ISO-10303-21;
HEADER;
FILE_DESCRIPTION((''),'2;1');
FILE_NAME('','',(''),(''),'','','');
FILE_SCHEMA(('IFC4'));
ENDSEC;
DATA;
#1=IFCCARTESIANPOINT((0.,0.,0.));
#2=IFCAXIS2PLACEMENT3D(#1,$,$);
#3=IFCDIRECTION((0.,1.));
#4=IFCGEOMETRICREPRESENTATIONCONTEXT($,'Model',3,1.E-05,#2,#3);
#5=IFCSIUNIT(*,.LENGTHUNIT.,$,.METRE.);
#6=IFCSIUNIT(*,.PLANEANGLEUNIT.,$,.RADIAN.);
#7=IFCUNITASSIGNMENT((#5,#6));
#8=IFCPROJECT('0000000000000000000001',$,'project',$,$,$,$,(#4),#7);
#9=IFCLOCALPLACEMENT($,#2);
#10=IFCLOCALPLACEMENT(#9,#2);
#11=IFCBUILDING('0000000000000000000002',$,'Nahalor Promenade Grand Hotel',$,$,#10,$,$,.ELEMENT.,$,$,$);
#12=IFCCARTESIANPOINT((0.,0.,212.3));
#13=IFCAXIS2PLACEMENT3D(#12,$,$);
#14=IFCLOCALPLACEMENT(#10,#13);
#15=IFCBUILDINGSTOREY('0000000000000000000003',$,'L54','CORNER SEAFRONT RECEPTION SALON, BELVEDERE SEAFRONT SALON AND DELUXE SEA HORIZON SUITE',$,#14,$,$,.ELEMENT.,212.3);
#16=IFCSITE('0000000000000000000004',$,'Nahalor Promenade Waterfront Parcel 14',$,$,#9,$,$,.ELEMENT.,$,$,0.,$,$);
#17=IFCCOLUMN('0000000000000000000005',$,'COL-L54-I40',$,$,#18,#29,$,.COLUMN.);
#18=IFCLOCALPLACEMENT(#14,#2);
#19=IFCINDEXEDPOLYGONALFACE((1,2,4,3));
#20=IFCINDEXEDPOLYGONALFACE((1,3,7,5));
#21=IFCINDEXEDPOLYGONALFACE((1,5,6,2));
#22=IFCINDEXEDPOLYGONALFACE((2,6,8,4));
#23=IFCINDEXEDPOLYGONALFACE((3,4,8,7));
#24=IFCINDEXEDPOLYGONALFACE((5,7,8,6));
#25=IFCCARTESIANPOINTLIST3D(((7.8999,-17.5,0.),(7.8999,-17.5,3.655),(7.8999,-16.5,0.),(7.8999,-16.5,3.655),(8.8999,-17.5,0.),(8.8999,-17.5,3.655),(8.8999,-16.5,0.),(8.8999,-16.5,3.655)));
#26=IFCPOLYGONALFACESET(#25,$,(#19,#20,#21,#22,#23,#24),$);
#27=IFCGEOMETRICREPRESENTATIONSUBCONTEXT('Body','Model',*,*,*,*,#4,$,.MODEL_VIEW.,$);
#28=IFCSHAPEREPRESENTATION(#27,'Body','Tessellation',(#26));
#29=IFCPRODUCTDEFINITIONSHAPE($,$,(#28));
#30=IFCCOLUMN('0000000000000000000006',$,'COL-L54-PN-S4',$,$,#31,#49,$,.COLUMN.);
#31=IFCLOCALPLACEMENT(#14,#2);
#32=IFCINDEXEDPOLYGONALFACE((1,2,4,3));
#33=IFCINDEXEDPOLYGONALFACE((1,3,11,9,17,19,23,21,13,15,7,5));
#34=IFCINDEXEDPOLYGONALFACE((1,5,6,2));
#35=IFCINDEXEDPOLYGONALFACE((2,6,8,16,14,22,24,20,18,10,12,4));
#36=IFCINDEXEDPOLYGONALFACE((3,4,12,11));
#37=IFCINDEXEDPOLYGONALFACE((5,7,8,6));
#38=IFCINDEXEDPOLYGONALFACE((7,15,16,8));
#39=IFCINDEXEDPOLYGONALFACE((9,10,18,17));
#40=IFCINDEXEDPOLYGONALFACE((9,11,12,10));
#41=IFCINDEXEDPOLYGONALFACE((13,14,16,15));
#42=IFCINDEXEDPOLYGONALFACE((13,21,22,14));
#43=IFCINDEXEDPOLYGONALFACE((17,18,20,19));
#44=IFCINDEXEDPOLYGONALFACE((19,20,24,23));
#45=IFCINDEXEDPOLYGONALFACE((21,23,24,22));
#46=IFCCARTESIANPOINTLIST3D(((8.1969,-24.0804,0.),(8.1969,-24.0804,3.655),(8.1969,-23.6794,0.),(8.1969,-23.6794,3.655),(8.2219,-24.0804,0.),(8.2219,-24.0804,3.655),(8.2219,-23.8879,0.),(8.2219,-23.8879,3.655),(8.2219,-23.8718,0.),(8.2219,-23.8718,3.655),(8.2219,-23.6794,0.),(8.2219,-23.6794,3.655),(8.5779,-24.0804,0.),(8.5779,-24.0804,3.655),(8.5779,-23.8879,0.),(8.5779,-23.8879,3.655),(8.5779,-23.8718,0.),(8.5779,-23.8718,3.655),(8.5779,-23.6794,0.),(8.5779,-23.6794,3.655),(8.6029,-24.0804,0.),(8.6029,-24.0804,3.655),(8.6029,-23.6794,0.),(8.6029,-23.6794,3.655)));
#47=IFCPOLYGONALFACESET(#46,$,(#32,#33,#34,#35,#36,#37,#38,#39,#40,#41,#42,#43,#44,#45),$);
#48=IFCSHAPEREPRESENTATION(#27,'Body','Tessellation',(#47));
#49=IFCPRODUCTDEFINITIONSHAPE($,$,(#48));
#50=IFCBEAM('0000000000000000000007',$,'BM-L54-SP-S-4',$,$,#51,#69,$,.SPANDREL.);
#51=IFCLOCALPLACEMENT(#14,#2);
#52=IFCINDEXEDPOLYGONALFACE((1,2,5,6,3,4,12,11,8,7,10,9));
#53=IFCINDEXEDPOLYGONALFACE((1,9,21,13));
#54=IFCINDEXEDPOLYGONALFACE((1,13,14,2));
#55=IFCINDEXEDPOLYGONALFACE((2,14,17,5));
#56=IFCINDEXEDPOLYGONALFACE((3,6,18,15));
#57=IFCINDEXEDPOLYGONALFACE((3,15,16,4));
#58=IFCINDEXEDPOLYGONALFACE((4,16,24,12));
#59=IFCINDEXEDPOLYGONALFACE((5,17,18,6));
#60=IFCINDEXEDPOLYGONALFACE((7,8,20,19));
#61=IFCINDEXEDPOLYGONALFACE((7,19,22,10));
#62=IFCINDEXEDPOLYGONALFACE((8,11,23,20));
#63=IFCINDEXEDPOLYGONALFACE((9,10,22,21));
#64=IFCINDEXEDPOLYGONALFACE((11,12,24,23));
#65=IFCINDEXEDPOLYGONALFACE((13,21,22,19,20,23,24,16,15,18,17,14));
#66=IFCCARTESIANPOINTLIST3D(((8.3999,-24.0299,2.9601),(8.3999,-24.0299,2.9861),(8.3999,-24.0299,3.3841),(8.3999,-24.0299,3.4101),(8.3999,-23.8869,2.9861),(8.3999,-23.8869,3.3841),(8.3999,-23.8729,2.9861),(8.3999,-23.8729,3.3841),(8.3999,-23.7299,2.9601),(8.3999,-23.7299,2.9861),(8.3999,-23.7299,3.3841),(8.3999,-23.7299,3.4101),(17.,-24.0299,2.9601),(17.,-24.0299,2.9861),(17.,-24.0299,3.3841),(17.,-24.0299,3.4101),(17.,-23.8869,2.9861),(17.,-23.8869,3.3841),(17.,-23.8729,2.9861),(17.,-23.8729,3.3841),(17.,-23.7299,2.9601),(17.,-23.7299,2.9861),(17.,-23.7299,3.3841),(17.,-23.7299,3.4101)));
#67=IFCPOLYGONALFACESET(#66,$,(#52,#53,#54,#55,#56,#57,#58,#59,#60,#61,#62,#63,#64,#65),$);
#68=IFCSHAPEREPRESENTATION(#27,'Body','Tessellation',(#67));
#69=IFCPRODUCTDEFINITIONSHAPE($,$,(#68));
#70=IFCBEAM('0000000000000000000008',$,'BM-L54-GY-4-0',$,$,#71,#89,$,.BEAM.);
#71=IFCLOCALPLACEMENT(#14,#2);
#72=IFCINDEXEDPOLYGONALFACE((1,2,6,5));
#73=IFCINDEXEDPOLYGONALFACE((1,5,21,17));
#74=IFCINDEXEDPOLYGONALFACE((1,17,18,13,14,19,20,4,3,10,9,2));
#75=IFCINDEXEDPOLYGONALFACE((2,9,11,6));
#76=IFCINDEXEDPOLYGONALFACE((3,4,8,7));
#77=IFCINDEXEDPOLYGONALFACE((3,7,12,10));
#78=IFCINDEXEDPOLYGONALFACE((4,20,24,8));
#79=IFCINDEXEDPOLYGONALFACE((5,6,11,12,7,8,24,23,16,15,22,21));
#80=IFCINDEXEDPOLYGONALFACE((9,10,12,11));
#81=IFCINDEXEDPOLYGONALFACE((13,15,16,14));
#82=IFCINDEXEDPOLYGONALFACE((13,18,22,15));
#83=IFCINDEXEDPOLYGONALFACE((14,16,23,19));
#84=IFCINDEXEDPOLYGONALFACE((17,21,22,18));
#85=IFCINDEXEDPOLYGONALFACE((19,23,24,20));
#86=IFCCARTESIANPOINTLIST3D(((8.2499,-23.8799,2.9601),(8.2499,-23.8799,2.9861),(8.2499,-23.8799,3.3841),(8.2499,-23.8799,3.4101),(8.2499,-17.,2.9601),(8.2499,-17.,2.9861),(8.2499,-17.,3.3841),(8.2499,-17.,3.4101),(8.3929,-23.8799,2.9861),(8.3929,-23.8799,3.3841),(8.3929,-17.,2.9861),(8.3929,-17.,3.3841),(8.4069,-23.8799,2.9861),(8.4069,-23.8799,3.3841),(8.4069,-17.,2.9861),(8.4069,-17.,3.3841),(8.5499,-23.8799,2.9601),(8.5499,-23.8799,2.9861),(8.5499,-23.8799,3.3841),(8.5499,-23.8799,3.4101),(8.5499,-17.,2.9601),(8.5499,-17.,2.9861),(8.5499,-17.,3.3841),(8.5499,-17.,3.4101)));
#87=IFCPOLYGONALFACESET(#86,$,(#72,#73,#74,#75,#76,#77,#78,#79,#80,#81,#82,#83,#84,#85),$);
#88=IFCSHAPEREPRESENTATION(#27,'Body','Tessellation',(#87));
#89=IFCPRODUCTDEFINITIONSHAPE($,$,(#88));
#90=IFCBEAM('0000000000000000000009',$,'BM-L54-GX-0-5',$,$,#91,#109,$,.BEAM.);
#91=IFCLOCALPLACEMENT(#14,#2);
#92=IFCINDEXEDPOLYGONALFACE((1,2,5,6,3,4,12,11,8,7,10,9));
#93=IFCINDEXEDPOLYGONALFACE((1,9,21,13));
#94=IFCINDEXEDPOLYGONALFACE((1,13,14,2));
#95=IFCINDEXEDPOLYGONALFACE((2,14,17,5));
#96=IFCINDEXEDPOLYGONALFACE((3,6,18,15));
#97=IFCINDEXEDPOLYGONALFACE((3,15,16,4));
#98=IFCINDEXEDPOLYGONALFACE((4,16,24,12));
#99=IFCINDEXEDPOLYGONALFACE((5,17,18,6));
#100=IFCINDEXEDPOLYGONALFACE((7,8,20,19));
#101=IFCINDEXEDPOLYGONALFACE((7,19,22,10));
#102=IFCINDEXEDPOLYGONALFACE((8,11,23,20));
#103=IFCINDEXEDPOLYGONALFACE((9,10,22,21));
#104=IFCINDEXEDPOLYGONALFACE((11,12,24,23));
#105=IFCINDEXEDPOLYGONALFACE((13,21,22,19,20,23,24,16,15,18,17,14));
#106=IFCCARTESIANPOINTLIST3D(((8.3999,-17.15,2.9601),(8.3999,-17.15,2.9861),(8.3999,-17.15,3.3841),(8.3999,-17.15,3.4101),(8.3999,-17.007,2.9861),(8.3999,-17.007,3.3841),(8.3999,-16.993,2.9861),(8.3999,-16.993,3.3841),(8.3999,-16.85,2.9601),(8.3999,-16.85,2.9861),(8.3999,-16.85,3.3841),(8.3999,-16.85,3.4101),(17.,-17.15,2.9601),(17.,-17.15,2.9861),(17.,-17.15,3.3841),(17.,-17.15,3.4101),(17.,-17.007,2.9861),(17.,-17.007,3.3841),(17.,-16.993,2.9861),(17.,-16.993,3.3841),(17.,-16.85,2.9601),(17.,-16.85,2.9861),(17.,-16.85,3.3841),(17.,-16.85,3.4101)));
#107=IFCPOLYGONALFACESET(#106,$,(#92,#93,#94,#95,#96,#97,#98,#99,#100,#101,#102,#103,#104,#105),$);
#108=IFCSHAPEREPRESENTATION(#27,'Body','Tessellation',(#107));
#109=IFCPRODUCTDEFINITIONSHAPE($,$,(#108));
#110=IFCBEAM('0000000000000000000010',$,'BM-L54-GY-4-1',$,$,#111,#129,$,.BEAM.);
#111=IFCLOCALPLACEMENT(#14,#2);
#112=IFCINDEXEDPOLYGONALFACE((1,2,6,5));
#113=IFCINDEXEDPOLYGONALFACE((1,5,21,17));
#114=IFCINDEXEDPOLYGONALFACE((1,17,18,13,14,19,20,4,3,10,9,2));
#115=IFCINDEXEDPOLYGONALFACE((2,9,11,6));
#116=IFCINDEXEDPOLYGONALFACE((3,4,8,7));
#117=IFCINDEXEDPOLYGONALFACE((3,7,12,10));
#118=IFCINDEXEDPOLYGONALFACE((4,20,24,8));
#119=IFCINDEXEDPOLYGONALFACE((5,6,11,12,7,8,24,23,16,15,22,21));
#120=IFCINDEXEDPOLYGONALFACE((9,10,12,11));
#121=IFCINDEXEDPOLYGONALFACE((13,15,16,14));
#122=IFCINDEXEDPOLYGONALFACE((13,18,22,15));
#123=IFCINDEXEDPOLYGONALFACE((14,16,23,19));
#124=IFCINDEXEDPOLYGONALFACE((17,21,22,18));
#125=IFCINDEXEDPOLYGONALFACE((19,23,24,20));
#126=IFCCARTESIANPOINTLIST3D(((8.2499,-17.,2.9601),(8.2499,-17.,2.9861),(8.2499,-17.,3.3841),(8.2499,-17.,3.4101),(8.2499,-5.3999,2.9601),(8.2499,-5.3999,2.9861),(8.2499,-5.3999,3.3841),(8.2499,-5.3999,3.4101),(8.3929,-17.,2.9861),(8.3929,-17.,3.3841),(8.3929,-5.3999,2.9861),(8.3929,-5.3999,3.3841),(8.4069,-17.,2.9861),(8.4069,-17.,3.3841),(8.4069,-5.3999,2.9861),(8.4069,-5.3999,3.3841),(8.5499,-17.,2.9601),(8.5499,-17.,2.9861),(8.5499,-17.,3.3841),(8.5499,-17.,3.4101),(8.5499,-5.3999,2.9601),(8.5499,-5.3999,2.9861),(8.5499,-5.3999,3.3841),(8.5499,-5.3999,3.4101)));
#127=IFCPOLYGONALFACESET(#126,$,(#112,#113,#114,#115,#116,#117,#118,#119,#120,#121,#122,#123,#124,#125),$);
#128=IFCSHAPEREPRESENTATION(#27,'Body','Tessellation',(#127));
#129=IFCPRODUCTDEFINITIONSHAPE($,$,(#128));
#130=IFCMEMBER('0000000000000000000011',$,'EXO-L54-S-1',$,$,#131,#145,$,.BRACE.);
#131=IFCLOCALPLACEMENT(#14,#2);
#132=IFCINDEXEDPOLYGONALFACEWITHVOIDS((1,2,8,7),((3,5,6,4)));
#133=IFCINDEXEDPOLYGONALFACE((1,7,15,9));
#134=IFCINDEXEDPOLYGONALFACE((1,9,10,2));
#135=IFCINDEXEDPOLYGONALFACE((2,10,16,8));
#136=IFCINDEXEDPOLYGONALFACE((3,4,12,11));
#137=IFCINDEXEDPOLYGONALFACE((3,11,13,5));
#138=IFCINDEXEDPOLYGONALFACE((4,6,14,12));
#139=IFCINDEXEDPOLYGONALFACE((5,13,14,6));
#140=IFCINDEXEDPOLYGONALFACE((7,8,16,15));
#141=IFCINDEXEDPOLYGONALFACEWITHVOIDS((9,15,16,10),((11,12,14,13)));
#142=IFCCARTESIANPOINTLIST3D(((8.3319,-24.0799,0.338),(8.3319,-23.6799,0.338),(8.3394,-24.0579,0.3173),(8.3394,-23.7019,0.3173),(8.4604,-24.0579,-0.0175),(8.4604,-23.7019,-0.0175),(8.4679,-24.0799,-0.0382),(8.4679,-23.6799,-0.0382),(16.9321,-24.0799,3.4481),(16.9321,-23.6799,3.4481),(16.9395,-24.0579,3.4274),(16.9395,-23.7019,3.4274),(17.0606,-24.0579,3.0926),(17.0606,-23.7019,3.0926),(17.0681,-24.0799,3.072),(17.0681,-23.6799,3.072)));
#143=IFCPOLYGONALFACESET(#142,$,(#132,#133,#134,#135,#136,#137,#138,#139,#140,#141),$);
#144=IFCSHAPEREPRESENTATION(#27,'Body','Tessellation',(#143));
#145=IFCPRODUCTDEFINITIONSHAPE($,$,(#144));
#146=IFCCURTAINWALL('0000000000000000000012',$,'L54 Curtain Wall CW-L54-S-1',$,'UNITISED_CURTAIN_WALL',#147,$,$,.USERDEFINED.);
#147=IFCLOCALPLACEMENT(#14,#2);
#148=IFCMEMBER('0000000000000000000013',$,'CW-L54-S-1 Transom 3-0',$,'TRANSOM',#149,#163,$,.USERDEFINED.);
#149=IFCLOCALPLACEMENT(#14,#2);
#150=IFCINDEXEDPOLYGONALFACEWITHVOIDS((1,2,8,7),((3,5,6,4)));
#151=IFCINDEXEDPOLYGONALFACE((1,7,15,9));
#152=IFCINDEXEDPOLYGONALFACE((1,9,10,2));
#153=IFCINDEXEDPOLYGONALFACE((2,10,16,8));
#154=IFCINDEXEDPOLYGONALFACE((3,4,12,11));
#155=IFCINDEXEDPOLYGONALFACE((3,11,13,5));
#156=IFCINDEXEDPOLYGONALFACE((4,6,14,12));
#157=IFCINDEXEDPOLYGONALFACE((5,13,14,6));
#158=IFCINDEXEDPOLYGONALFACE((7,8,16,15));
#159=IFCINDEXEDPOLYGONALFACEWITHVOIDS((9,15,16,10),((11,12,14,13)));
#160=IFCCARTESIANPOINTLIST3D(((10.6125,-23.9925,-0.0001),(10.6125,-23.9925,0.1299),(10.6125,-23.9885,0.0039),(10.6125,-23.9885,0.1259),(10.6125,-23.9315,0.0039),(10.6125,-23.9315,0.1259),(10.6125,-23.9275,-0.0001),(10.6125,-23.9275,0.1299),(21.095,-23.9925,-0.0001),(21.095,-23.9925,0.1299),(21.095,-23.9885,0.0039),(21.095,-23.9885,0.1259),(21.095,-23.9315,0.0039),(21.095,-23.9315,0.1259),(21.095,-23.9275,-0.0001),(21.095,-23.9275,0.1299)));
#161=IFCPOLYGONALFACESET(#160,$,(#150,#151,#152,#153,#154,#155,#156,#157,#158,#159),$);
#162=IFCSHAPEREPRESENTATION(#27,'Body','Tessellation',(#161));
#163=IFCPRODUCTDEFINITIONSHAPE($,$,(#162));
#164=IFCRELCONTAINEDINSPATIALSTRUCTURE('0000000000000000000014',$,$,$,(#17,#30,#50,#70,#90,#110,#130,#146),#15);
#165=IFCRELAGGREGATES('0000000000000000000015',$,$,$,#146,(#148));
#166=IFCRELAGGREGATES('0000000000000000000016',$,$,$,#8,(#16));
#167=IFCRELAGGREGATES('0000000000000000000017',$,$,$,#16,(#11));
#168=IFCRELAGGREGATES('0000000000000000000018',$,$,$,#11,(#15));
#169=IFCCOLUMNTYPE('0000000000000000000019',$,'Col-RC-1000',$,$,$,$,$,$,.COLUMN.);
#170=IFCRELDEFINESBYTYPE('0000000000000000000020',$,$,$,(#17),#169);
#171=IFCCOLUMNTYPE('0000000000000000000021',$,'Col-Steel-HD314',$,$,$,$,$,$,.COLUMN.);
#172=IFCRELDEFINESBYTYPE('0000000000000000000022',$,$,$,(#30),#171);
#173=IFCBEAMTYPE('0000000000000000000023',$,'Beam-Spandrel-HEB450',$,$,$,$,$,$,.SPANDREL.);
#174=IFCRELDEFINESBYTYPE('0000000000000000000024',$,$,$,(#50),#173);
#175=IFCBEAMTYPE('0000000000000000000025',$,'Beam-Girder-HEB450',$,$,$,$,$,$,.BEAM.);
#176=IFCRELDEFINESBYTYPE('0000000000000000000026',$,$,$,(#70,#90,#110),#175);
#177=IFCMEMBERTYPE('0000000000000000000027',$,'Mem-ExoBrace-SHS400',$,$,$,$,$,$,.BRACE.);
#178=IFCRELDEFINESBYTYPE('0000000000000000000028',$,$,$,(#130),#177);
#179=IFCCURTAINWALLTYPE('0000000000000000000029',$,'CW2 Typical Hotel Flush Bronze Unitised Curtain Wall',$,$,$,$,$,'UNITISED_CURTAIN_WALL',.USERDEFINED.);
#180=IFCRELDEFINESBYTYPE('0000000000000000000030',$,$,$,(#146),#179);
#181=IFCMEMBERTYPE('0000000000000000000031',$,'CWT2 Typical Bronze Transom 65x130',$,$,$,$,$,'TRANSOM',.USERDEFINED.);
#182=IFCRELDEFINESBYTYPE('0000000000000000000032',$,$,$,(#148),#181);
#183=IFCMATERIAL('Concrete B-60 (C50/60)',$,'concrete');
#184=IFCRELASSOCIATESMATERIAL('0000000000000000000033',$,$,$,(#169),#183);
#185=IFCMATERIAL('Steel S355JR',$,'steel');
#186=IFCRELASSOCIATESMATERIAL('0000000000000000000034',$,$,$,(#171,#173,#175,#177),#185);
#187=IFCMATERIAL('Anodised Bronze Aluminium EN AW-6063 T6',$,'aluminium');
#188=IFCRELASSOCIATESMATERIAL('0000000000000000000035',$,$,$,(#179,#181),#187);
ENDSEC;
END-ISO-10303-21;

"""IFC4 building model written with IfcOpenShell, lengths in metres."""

from ifc_helpers import new_model, si_unit, direction, frame, origin, origin_2d, place, context, subcontext, project, spatial, rectangle, hollow_rectangle, i_section, extrude, source, transform, mapped, material, material_profile, profile_set, type_object, element, aggregate, save


model = new_model("IFC4")

# Units and contexts
model_context = context("Model", 3, precision=1e-05, world=origin(), true_north=direction((0.0, 1.0)))
body_context = subcontext(model_context, "Body", "Model", "MODEL_VIEW")
ifc_project = project(units=[si_unit("LENGTHUNIT", "METRE"), si_unit("PLANEANGLEUNIT", "RADIAN")], contexts=[model_context])

# Site, building, storey
site_placement = place(None, origin())
site = spatial("IfcSite", under=ifc_project, at=site_placement, Name="Nahalor Promenade Waterfront Parcel 14", CompositionType="ELEMENT", RefElevation=0.0)
building_placement = place(site_placement, origin())
building = spatial("IfcBuilding", under=site, at=building_placement, Name="Nahalor Promenade Grand Hotel", CompositionType="ELEMENT")
storey_placement = place(building_placement, frame((0.0, 0.0, 212.3)))
storey = spatial("IfcBuildingStorey", under=building, at=storey_placement, Name="L54", Description="CORNER SEAFRONT RECEPTION SALON, BELVEDERE SEAFRONT SALON AND DELUXE SEA HORIZON SUITE", CompositionType="ELEMENT", Elevation=212.3)

# Columns
ifc_material_1 = material(Name="Concrete B-60 (C50/60)", Category="concrete")
ifc_material_profile_1 = material_profile(ifc_material_1, rectangle(XDim=1.0, YDim=1.0, at=origin_2d()), Name="RC 1000x1000")
ifc_profile_set_1 = profile_set([ifc_material_profile_1], Name="Concrete B-60 (C50/60)")
column_type_1 = type_object("IfcColumnType", Name="Col-RC-1000", PredefinedType="COLUMN", material=ifc_profile_set_1)
shared_shape_1 = source(origin(), body_context, "Body", "SweptSolid", [
    extrude(rectangle(XDim=1.0, YDim=1.0, at=origin_2d()), origin(), (0.0, 0.0, 1.0), 3.655),
])
column_1_placement = place(storey_placement, frame((8.3999, -17.0, 0.0), z_axis=(0.0, 0.0, 1.0), x_axis=(1.0, 0.0, 0.0)))
element("IfcColumn", 1, at=column_1_placement, inside=storey, type_object=column_type_1, Name="COL-L54-I40", PredefinedType="COLUMN", context=body_context, shape_type="MappedRepresentation", body=[
    mapped(shared_shape_1, transform((0.0, 0.0, 0.0), scale=1.0)),
])
ifc_material_2 = material(Name="Steel S355JR", Category="steel")
ifc_material_profile_2 = material_profile(ifc_material_2, i_section(OverallWidth=0.401, OverallDepth=0.406, WebThickness=0.0161, FlangeThickness=0.025, at=origin_2d()), Name="HD 400x314")
ifc_profile_set_2 = profile_set([ifc_material_profile_2], Name="Steel S355JR")
column_type_2 = type_object("IfcColumnType", Name="Col-Steel-HD314", PredefinedType="COLUMN", material=ifc_profile_set_2)
shared_shape_2 = source(origin(), body_context, "Body", "SweptSolid", [
    extrude(i_section(OverallWidth=0.401, OverallDepth=0.406, WebThickness=0.0161, FlangeThickness=0.025, at=origin_2d()), origin(), (0.0, 0.0, 1.0), 3.655),
])
column_2_placement = place(storey_placement, frame((8.3999, -23.8799, 0.0), z_axis=(0.0, 0.0, 1.0), x_axis=(0.0, 1.0, 0.0)))
element("IfcColumn", 2, at=column_2_placement, inside=storey, type_object=column_type_2, Name="COL-L54-PN-S4", PredefinedType="COLUMN", context=body_context, shape_type="MappedRepresentation", body=[
    mapped(shared_shape_2, transform((0.0, 0.0, 0.0), scale=1.0)),
])

# Beams
ifc_material_profile_3 = material_profile(ifc_material_2, i_section(OverallWidth=0.3, OverallDepth=0.45, WebThickness=0.014, FlangeThickness=0.026, at=origin_2d()), Name="HEB 450")
ifc_profile_set_3 = profile_set([ifc_material_profile_3], Name="Steel S355JR")
beam_type_1 = type_object("IfcBeamType", Name="Beam-Spandrel-HEB450", PredefinedType="SPANDREL", material=ifc_profile_set_3)
shared_shape_3 = source(origin(), body_context, "Body", "SweptSolid", [
    extrude(i_section(OverallWidth=0.3, OverallDepth=0.45, WebThickness=0.014, FlangeThickness=0.026, at=origin_2d()), origin(), (0.0, 0.0, 1.0), 8.6001),
])
beam_1_placement = place(storey_placement, frame((8.3999, -23.8799, 3.1851), z_axis=(1.0, 0.0, 0.0), x_axis=(0.0, 1.0, 0.0)))
element("IfcBeam", 3, at=beam_1_placement, inside=storey, type_object=beam_type_1, Name="BM-L54-SP-S-4", PredefinedType="SPANDREL", context=body_context, shape_type="MappedRepresentation", body=[
    mapped(shared_shape_3, transform((0.0, 0.0, 0.0), scale=1.0)),
])
ifc_material_profile_4 = material_profile(ifc_material_2, i_section(OverallWidth=0.3, OverallDepth=0.45, WebThickness=0.014, FlangeThickness=0.026, at=origin_2d()), Name="HEB 450")
ifc_profile_set_4 = profile_set([ifc_material_profile_4], Name="Steel S355JR")
beam_type_2 = type_object("IfcBeamType", Name="Beam-Girder-HEB450", PredefinedType="BEAM", material=ifc_profile_set_4)
shared_shape_4 = source(origin(), body_context, "Body", "SweptSolid", [
    extrude(i_section(OverallWidth=0.3, OverallDepth=0.45, WebThickness=0.014, FlangeThickness=0.026, at=origin_2d()), origin(), (0.0, 0.0, 1.0), 6.8799),
])
beam_2_placement = place(storey_placement, frame((8.3999, -23.8799, 3.1851), z_axis=(0.0, 1.0, 0.0), x_axis=(-1.0, 0.0, 0.0)))
element("IfcBeam", 4, at=beam_2_placement, inside=storey, type_object=beam_type_2, Name="BM-L54-GY-4-0", PredefinedType="BEAM", context=body_context, shape_type="MappedRepresentation", body=[
    mapped(shared_shape_4, transform((0.0, 0.0, 0.0), scale=1.0)),
])
shared_shape_5 = source(origin(), body_context, "Body", "SweptSolid", [
    extrude(i_section(OverallWidth=0.3, OverallDepth=0.45, WebThickness=0.014, FlangeThickness=0.026, at=origin_2d()), origin(), (0.0, 0.0, 1.0), 8.6001),
])
beam_3_placement = place(storey_placement, frame((8.3999, -17.0, 3.1851), z_axis=(1.0, 0.0, 0.0), x_axis=(0.0, 1.0, 0.0)))
element("IfcBeam", 5, at=beam_3_placement, inside=storey, type_object=beam_type_2, Name="BM-L54-GX-0-5", PredefinedType="BEAM", context=body_context, shape_type="MappedRepresentation", body=[
    mapped(shared_shape_5, transform((0.0, 0.0, 0.0), scale=1.0)),
])
shared_shape_6 = source(origin(), body_context, "Body", "SweptSolid", [
    extrude(i_section(OverallWidth=0.3, OverallDepth=0.45, WebThickness=0.014, FlangeThickness=0.026, at=origin_2d()), origin(), (0.0, 0.0, 1.0), 11.6001),
])
beam_4_placement = place(storey_placement, frame((8.3999, -17.0, 3.1851), z_axis=(0.0, 1.0, 0.0), x_axis=(-1.0, 0.0, 0.0)))
element("IfcBeam", 6, at=beam_4_placement, inside=storey, type_object=beam_type_2, Name="BM-L54-GY-4-1", PredefinedType="BEAM", context=body_context, shape_type="MappedRepresentation", body=[
    mapped(shared_shape_6, transform((0.0, 0.0, 0.0), scale=1.0)),
])

# Member
ifc_material_profile_5 = material_profile(ifc_material_2, hollow_rectangle(XDim=0.4, YDim=0.4, WallThickness=0.022, at=origin_2d()), Name="SHS 400x400x22")
ifc_profile_set_5 = profile_set([ifc_material_profile_5], Name="Steel S355JR")
member_type_1 = type_object("IfcMemberType", Name="Mem-ExoBrace-SHS400", PredefinedType="BRACE", material=ifc_profile_set_5)
shared_shape_7 = source(origin(), body_context, "Body", "SweptSolid", [
    extrude(hollow_rectangle(XDim=0.4, YDim=0.4, WallThickness=0.022, at=origin_2d()), origin(), (0.0, 0.0, 1.0), 9.1453),
])
member_1_placement = place(storey_placement, frame((8.3999, -23.8799, 0.1499), z_axis=(0.940396, 0.0, 0.340081), x_axis=(0.0, 1.0, 0.0)))
element("IfcMember", 7, at=member_1_placement, inside=storey, type_object=member_type_1, Name="EXO-L54-S-1", PredefinedType="BRACE", context=body_context, shape_type="MappedRepresentation", body=[
    mapped(shared_shape_7, transform((0.0, 0.0, 0.0), scale=1.0)),
])

# Curtain wall, member
ifc_material_3 = material(Name="Anodised Bronze Aluminium EN AW-6063 T6", Category="aluminium")
curtain_wall_type = type_object("IfcCurtainWallType", Name="CW2 Typical Hotel Flush Bronze Unitised Curtain Wall", ElementType="UNITISED_CURTAIN_WALL", PredefinedType="USERDEFINED", material=ifc_material_3)
curtain_wall_placement = place(storey_placement, origin())
curtain_wall = element("IfcCurtainWall", 8, at=curtain_wall_placement, inside=storey, type_object=curtain_wall_type, Name="L54 Curtain Wall CW-L54-S-1", ObjectType="UNITISED_CURTAIN_WALL", PredefinedType="USERDEFINED")
ifc_material_profile_6 = material_profile(ifc_material_3, hollow_rectangle(XDim=0.065, YDim=0.13, WallThickness=0.004, at=origin_2d()), Name="CWT 65x130x4")
ifc_profile_set_6 = profile_set([ifc_material_profile_6], Name="Anodised Bronze Aluminium EN AW-6063 T6")
member_type_2 = type_object("IfcMemberType", Name="CWT2 Typical Bronze Transom 65x130", ElementType="TRANSOM", PredefinedType="USERDEFINED", material=ifc_profile_set_6)
shared_shape_8 = source(origin(), body_context, "Body", "SweptSolid", [
    extrude(hollow_rectangle(XDim=0.065, YDim=0.13, WallThickness=0.004, at=origin_2d()), origin(), (0.0, 0.0, 1.0), 10.4824),
])
member_2_placement = place(storey_placement, frame((10.6125, -23.96, 0.0649), z_axis=(1.0, 0.0, 0.0), x_axis=(0.0, 1.0, 0.0)))
member_2 = element("IfcMember", 9, at=member_2_placement, type_object=member_type_2, Name="CW-L54-S-1 Transom 3-0", ObjectType="TRANSOM", PredefinedType="USERDEFINED", context=body_context, shape_type="MappedRepresentation", body=[
    mapped(shared_shape_8, transform((0.0, 0.0, 0.0), scale=1.0)),
])
aggregate(curtain_wall, [member_2])

save(model, "model.ifc")
